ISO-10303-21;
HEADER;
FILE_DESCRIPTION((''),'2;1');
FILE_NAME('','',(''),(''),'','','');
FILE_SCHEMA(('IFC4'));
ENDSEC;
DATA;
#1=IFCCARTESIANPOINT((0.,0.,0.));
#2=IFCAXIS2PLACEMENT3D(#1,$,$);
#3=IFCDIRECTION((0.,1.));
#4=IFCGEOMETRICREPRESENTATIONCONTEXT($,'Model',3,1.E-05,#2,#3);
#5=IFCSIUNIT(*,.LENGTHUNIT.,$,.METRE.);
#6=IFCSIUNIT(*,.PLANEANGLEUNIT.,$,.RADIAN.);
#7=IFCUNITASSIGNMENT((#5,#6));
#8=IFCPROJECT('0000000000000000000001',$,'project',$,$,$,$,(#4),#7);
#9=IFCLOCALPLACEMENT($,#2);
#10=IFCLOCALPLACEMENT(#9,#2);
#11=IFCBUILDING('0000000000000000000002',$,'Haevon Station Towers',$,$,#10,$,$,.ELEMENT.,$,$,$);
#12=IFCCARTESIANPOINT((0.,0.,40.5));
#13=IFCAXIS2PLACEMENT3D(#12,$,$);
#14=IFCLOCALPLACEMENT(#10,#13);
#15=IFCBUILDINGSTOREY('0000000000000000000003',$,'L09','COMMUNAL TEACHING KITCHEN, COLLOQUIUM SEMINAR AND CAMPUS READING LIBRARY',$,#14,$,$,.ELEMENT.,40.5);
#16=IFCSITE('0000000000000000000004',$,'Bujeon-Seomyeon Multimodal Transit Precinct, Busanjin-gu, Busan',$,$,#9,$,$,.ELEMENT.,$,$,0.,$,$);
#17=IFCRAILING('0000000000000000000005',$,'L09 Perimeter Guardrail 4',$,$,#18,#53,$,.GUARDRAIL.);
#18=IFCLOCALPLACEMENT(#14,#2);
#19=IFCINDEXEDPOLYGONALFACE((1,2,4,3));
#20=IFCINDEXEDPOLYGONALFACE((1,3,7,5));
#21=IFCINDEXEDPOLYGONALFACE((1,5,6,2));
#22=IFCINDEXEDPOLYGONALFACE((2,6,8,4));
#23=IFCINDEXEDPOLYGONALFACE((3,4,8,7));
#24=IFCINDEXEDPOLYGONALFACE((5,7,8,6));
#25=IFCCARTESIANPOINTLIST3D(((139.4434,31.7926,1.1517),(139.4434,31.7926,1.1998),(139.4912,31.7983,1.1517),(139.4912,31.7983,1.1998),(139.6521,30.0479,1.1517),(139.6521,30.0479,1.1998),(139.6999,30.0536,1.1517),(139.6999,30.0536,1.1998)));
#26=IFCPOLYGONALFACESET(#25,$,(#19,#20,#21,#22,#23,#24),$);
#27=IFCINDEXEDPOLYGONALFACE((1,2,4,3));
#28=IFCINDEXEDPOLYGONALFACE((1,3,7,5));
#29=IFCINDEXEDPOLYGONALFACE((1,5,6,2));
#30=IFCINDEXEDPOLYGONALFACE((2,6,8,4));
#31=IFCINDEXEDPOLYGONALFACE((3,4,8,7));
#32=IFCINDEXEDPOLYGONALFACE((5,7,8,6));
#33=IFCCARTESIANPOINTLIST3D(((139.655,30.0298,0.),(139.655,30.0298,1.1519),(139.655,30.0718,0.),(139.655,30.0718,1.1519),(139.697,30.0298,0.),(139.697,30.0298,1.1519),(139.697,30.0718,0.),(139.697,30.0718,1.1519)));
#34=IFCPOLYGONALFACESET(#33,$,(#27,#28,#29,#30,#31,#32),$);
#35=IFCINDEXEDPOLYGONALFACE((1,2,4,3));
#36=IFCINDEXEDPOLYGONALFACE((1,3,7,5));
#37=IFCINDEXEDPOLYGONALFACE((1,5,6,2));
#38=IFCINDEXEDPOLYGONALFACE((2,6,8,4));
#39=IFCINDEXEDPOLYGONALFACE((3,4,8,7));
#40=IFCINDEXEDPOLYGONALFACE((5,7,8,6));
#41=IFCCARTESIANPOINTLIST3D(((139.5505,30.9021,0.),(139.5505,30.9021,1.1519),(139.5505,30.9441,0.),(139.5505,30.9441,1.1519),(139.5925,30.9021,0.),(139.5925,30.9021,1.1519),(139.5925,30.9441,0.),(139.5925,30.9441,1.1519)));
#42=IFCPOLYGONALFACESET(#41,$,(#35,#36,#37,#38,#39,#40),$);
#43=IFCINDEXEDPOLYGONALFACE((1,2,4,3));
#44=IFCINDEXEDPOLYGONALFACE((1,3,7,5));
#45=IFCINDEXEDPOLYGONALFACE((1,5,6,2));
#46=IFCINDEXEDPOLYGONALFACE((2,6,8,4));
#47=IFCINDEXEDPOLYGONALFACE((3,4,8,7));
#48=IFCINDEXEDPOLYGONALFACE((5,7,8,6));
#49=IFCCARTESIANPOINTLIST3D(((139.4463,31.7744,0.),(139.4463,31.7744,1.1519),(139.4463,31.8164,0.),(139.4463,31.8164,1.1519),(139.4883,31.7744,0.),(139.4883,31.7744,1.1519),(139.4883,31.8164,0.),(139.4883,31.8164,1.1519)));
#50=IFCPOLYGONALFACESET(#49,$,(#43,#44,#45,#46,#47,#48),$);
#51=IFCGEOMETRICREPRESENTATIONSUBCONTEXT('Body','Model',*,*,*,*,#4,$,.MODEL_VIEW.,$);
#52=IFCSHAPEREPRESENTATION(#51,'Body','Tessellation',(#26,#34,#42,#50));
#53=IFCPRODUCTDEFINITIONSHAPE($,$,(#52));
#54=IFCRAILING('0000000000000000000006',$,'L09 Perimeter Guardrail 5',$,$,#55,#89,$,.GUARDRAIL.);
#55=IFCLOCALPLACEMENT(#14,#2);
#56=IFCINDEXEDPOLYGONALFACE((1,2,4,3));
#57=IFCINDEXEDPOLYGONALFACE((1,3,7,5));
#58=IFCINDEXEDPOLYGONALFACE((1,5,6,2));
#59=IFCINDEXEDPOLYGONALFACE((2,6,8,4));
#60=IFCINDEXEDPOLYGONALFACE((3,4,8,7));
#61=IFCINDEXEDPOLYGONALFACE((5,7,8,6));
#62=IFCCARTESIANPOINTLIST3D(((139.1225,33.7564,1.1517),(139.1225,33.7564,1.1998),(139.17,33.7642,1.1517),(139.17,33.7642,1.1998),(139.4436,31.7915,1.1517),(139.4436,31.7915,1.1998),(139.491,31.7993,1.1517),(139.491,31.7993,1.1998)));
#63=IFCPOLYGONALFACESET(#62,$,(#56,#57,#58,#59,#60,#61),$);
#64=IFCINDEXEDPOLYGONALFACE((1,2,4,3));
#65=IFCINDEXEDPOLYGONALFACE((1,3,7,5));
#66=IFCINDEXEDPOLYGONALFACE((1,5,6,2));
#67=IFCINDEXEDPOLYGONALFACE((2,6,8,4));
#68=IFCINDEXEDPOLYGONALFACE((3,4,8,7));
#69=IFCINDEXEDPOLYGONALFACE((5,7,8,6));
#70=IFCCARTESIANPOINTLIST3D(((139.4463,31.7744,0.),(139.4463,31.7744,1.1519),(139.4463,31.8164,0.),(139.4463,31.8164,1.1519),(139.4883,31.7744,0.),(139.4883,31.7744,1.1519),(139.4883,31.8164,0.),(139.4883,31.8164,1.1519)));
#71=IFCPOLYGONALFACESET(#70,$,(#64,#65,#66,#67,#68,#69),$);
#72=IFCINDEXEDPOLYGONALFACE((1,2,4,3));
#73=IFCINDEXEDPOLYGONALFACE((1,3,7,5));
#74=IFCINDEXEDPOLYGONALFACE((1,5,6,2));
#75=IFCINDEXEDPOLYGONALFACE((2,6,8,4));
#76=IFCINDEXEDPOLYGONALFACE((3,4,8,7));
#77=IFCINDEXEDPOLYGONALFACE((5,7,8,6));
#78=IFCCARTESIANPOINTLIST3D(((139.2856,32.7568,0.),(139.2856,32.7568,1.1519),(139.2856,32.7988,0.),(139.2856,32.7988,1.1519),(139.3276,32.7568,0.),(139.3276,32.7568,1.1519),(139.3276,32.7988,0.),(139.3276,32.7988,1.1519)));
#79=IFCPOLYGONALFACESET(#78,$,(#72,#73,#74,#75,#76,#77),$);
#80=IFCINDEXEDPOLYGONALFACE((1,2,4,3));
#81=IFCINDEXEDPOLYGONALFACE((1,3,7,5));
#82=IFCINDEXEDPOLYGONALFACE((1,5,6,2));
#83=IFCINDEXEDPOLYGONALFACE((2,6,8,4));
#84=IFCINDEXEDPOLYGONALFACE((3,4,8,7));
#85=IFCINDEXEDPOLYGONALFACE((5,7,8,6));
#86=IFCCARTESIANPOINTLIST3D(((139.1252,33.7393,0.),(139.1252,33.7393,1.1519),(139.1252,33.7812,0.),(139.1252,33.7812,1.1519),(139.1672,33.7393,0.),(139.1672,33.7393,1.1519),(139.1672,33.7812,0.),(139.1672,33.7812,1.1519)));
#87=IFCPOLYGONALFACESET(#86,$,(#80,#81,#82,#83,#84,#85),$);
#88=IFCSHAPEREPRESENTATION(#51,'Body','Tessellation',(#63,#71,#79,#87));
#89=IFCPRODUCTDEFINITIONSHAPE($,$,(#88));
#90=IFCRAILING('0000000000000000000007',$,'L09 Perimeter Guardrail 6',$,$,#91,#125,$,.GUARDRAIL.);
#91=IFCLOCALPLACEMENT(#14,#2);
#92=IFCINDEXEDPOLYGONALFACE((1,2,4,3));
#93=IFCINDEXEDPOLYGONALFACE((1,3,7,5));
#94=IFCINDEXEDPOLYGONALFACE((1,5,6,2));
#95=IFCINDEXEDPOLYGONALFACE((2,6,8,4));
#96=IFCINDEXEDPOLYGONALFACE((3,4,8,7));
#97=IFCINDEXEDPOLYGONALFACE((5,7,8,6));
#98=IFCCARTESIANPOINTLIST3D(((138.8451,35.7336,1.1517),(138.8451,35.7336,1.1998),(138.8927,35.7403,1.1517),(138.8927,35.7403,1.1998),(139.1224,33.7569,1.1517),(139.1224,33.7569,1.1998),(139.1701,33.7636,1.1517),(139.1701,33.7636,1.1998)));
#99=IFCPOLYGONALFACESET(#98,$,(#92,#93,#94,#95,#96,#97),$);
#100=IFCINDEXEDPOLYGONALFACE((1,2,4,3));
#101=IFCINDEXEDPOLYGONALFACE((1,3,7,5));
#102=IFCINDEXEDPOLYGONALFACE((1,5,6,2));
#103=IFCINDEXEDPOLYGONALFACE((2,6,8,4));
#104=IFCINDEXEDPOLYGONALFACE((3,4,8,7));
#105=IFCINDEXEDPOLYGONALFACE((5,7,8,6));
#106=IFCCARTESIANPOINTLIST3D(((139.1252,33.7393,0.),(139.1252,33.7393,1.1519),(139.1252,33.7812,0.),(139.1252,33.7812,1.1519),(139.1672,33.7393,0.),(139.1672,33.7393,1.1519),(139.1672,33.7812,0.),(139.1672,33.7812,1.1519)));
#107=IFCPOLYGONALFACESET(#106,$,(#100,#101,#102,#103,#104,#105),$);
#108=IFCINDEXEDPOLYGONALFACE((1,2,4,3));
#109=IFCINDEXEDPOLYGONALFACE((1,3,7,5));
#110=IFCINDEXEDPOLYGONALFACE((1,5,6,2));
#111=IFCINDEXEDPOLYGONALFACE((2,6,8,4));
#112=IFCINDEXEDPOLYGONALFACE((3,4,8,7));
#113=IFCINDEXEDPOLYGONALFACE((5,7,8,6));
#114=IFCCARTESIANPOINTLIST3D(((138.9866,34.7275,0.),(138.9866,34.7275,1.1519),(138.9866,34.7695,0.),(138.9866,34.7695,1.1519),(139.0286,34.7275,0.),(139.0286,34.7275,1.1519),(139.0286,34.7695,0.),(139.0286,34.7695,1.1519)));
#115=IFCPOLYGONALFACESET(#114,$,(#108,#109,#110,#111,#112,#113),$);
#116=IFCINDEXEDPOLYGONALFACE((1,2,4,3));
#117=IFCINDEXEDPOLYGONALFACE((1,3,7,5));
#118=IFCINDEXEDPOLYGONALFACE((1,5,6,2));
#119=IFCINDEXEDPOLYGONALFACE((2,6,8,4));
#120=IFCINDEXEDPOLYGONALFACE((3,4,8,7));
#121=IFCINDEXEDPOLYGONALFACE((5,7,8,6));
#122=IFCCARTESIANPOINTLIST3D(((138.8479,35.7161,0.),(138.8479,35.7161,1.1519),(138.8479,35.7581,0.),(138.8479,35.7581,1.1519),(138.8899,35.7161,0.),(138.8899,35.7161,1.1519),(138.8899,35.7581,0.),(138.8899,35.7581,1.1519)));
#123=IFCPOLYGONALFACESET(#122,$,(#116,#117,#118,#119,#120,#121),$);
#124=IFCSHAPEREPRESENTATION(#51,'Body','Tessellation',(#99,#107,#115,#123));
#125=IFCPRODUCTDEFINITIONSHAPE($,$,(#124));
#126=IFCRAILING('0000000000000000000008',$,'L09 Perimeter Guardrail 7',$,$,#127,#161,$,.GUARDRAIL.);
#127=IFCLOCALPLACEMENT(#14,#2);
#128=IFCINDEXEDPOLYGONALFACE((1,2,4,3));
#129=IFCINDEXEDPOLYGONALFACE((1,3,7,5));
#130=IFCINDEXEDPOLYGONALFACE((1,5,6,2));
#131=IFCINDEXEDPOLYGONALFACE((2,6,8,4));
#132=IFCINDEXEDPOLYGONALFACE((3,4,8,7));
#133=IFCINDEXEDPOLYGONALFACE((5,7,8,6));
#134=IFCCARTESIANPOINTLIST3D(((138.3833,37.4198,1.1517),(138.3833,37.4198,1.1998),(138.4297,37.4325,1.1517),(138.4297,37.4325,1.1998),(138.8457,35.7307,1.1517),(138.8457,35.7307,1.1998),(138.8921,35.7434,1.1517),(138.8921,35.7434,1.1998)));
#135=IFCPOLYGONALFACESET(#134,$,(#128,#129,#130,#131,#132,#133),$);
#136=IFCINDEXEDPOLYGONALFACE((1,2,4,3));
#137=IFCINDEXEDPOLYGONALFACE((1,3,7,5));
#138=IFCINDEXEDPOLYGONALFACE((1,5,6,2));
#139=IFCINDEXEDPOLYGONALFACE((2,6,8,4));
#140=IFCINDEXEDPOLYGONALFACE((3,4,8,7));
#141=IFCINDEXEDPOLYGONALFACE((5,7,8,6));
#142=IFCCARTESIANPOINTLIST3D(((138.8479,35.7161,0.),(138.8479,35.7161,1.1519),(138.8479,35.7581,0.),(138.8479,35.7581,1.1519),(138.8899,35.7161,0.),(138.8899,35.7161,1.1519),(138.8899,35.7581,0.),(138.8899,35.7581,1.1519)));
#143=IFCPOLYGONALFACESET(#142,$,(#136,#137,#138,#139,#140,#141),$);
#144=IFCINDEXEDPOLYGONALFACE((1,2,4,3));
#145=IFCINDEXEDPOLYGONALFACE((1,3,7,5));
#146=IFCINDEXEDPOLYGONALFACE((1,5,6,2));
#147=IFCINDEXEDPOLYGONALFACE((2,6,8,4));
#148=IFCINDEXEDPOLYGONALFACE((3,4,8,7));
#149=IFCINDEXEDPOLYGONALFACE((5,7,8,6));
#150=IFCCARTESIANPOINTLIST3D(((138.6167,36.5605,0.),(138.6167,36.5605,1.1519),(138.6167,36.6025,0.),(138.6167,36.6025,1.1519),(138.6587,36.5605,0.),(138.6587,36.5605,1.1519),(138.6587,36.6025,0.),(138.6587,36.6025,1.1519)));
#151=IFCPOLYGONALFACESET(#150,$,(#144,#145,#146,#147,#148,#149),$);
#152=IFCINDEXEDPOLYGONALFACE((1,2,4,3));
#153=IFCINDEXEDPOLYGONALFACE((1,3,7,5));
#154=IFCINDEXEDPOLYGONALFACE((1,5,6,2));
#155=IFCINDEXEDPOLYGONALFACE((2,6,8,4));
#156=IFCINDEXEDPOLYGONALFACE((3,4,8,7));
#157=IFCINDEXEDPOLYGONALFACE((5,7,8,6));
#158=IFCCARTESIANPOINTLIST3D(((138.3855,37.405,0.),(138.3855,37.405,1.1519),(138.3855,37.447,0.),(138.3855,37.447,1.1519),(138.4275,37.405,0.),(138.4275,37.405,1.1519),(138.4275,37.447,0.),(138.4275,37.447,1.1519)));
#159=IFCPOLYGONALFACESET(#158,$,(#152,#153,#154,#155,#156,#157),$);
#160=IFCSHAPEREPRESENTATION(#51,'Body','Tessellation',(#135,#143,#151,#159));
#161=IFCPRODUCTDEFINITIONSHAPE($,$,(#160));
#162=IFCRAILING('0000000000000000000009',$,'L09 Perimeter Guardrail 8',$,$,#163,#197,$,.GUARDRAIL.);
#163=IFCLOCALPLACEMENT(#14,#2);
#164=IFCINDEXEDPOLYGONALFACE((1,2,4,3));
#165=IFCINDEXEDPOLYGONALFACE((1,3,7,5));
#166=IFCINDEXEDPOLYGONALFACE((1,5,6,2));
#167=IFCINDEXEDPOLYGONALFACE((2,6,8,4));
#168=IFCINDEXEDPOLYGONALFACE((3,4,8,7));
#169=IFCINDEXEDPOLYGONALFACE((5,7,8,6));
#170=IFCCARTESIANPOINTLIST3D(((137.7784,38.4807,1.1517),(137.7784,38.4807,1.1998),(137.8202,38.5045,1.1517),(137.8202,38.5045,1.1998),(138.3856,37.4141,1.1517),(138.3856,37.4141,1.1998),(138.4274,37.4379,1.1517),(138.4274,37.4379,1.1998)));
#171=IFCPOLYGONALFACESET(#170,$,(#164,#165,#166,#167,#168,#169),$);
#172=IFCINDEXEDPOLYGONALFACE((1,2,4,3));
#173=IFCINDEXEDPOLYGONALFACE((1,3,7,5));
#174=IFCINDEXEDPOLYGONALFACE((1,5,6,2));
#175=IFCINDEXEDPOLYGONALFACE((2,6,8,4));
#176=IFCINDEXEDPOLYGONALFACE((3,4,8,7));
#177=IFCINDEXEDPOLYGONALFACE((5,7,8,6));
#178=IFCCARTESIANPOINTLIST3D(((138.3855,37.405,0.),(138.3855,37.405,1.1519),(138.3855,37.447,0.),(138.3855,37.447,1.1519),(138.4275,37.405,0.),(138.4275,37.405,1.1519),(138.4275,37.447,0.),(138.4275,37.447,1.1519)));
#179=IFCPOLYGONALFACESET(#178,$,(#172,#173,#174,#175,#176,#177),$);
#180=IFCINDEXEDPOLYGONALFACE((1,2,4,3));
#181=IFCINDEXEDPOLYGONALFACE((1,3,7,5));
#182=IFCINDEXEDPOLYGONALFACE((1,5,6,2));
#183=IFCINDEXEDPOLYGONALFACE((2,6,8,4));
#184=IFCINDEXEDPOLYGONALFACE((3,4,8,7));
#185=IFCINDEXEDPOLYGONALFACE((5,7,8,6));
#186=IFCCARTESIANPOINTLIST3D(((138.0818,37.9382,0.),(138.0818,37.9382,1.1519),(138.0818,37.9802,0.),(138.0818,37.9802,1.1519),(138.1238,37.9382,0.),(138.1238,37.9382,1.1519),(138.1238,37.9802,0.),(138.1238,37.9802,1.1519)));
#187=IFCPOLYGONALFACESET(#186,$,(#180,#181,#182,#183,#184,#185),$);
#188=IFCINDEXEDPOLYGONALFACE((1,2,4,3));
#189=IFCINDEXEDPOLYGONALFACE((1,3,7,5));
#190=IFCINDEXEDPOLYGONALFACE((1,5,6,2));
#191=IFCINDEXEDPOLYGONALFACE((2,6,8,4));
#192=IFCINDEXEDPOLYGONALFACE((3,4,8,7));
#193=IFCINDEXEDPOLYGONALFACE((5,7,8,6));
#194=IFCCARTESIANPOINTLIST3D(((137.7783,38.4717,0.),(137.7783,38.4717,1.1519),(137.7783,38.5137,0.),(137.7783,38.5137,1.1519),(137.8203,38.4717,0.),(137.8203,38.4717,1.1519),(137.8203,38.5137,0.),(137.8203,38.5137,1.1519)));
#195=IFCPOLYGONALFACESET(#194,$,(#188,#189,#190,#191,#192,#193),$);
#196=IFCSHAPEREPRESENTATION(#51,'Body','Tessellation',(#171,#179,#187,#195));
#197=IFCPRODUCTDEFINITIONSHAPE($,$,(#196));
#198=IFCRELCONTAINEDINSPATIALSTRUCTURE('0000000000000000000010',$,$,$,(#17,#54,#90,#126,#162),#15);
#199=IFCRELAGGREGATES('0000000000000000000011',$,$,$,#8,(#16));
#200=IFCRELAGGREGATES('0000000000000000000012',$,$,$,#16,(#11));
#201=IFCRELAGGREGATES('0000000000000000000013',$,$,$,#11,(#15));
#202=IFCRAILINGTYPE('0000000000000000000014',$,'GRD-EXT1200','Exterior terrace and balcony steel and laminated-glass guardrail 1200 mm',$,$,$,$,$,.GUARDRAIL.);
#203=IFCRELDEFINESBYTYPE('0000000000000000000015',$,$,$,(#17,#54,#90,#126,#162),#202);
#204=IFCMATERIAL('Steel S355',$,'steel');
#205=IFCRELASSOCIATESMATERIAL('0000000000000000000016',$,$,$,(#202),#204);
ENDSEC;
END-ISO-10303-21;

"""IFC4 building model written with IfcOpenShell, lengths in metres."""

from ifc_helpers import new_model, si_unit, direction, frame, origin, origin_2d, place, context, subcontext, project, spatial, rectangle, extrude, material, type_object, element, save


model = new_model("IFC4")

# Units and contexts
model_context = context("Model", 3, precision=1e-05, world=origin(), true_north=direction((0.0, 1.0)))
body_context = subcontext(model_context, "Body", "Model", "MODEL_VIEW")
ifc_project = project(units=[si_unit("LENGTHUNIT", "METRE"), si_unit("PLANEANGLEUNIT", "RADIAN")], contexts=[model_context])

# Site, building, storey
site_placement = place(None, origin())
site = spatial("IfcSite", under=ifc_project, at=site_placement, Name="Bujeon-Seomyeon Multimodal Transit Precinct, Busanjin-gu, Busan", CompositionType="ELEMENT", RefElevation=0.0)
building_placement = place(site_placement, origin())
building = spatial("IfcBuilding", under=site, at=building_placement, Name="Haevon Station Towers", CompositionType="ELEMENT")
storey_placement = place(building_placement, frame((0.0, 0.0, 40.5)))
storey = spatial("IfcBuildingStorey", under=building, at=storey_placement, Name="L09", Description="COMMUNAL TEACHING KITCHEN, COLLOQUIUM SEMINAR AND CAMPUS READING LIBRARY", CompositionType="ELEMENT", Elevation=40.5)

# Shared definitions
ifc_material_1 = material(Name="Steel S355", Category="steel")

# Railings
railing_type_1 = type_object("IfcRailingType", Name="GRD-EXT1200", Description="Exterior terrace and balcony steel and laminated-glass guardrail 1200 mm", PredefinedType="GUARDRAIL", material=ifc_material_1)
railing_1_placement = place(storey_placement, frame((139.676, 30.0508, 0.0)))
element("IfcRailing", 1, at=railing_1_placement, inside=storey, type_object=railing_type_1, Name="L09 Perimeter Guardrail 4", PredefinedType="GUARDRAIL", context=body_context, shape_type="SweptSolid", body=[
    extrude(rectangle(XDim=0.0481, YDim=0.0481, at=origin_2d()), frame((0.0, 0.0, 1.1758), z_axis=(-0.1188, 0.992918, 0.0), x_axis=(-0.992918, -0.1188, 0.0)), (0.0, 0.0, 1.0), 1.7571),
    extrude(rectangle(XDim=0.042, YDim=0.042, at=origin_2d()), origin(), (0.0, 0.0, 1.0), 1.1519),
    extrude(rectangle(XDim=0.042, YDim=0.042, at=origin_2d()), frame((-0.1045, 0.8723, 0.0)), (0.0, 0.0, 1.0), 1.1519),
    extrude(rectangle(XDim=0.042, YDim=0.042, at=origin_2d()), frame((-0.2087, 1.7446, 0.0)), (0.0, 0.0, 1.0), 1.1519),
])
railing_2_placement = place(storey_placement, frame((139.4673, 31.7954, 0.0)))
element("IfcRailing", 2, at=railing_2_placement, inside=storey, type_object=railing_type_1, Name="L09 Perimeter Guardrail 5", PredefinedType="GUARDRAIL", context=body_context, shape_type="SweptSolid", body=[
    extrude(rectangle(XDim=0.0481, YDim=0.0481, at=origin_2d()), frame((0.0, 0.0, 1.1758), z_axis=(-0.161256, 0.986913, 0.0), x_axis=(-0.986913, -0.161256, 0.0)), (0.0, 0.0, 1.0), 1.991),
    extrude(rectangle(XDim=0.042, YDim=0.042, at=origin_2d()), origin(), (0.0, 0.0, 1.0), 1.1519),
    extrude(rectangle(XDim=0.042, YDim=0.042, at=origin_2d()), frame((-0.1606, 0.9824, 0.0)), (0.0, 0.0, 1.0), 1.1519),
    extrude(rectangle(XDim=0.042, YDim=0.042, at=origin_2d()), frame((-0.321, 1.9648, 0.0)), (0.0, 0.0, 1.0), 1.1519),
])
railing_3_placement = place(storey_placement, frame((139.1462, 33.7603, 0.0)))
element("IfcRailing", 3, at=railing_3_placement, inside=storey, type_object=railing_type_1, Name="L09 Perimeter Guardrail 6", PredefinedType="GUARDRAIL", context=body_context, shape_type="SweptSolid", body=[
    extrude(rectangle(XDim=0.0481, YDim=0.0481, at=origin_2d()), frame((0.0, 0.0, 1.1758), z_axis=(-0.138938, 0.990301, 0.0), x_axis=(-0.990301, -0.138938, 0.0)), (0.0, 0.0, 1.0), 1.9961),
    extrude(rectangle(XDim=0.042, YDim=0.042, at=origin_2d()), origin(), (0.0, 0.0, 1.0), 1.1519),
    extrude(rectangle(XDim=0.042, YDim=0.042, at=origin_2d()), frame((-0.1387, 0.9883, 0.0)), (0.0, 0.0, 1.0), 1.1519),
    extrude(rectangle(XDim=0.042, YDim=0.042, at=origin_2d()), frame((-0.2773, 1.9768, 0.0)), (0.0, 0.0, 1.0), 1.1519),
])
railing_4_placement = place(storey_placement, frame((138.8689, 35.7371, 0.0)))
element("IfcRailing", 4, at=railing_4_placement, inside=storey, type_object=railing_type_1, Name="L09 Perimeter Guardrail 7", PredefinedType="GUARDRAIL", context=body_context, shape_type="SweptSolid", body=[
    extrude(rectangle(XDim=0.0481, YDim=0.0481, at=origin_2d()), frame((0.0, 0.0, 1.1758), z_axis=(-0.264061, 0.964506, 0.0), x_axis=(-0.964506, -0.264061, 0.0)), (0.0, 0.0, 1.0), 1.7512),
    extrude(rectangle(XDim=0.042, YDim=0.042, at=origin_2d()), origin(), (0.0, 0.0, 1.0), 1.1519),
    extrude(rectangle(XDim=0.042, YDim=0.042, at=origin_2d()), frame((-0.2312, 0.8445, 0.0)), (0.0, 0.0, 1.0), 1.1519),
    extrude(rectangle(XDim=0.042, YDim=0.042, at=origin_2d()), frame((-0.4624, 1.689, 0.0)), (0.0, 0.0, 1.0), 1.1519),
])
railing_5_placement = place(storey_placement, frame((138.4065, 37.426, 0.0)))
element("IfcRailing", 5, at=railing_5_placement, inside=storey, type_object=railing_type_1, Name="L09 Perimeter Guardrail 8", PredefinedType="GUARDRAIL", context=body_context, shape_type="SweptSolid", body=[
    extrude(rectangle(XDim=0.0481, YDim=0.0481, at=origin_2d()), frame((0.0, 0.0, 1.1758), z_axis=(-0.494703, 0.869062, 0.0), x_axis=(-0.869062, -0.494703, 0.0)), (0.0, 0.0, 1.0), 1.2273),
    extrude(rectangle(XDim=0.042, YDim=0.042, at=origin_2d()), origin(), (0.0, 0.0, 1.0), 1.1519),
    extrude(rectangle(XDim=0.042, YDim=0.042, at=origin_2d()), frame((-0.3037, 0.5332, 0.0)), (0.0, 0.0, 1.0), 1.1519),
    extrude(rectangle(XDim=0.042, YDim=0.042, at=origin_2d()), frame((-0.6072, 1.0667, 0.0)), (0.0, 0.0, 1.0), 1.1519),
])

save(model, "model.ifc")
